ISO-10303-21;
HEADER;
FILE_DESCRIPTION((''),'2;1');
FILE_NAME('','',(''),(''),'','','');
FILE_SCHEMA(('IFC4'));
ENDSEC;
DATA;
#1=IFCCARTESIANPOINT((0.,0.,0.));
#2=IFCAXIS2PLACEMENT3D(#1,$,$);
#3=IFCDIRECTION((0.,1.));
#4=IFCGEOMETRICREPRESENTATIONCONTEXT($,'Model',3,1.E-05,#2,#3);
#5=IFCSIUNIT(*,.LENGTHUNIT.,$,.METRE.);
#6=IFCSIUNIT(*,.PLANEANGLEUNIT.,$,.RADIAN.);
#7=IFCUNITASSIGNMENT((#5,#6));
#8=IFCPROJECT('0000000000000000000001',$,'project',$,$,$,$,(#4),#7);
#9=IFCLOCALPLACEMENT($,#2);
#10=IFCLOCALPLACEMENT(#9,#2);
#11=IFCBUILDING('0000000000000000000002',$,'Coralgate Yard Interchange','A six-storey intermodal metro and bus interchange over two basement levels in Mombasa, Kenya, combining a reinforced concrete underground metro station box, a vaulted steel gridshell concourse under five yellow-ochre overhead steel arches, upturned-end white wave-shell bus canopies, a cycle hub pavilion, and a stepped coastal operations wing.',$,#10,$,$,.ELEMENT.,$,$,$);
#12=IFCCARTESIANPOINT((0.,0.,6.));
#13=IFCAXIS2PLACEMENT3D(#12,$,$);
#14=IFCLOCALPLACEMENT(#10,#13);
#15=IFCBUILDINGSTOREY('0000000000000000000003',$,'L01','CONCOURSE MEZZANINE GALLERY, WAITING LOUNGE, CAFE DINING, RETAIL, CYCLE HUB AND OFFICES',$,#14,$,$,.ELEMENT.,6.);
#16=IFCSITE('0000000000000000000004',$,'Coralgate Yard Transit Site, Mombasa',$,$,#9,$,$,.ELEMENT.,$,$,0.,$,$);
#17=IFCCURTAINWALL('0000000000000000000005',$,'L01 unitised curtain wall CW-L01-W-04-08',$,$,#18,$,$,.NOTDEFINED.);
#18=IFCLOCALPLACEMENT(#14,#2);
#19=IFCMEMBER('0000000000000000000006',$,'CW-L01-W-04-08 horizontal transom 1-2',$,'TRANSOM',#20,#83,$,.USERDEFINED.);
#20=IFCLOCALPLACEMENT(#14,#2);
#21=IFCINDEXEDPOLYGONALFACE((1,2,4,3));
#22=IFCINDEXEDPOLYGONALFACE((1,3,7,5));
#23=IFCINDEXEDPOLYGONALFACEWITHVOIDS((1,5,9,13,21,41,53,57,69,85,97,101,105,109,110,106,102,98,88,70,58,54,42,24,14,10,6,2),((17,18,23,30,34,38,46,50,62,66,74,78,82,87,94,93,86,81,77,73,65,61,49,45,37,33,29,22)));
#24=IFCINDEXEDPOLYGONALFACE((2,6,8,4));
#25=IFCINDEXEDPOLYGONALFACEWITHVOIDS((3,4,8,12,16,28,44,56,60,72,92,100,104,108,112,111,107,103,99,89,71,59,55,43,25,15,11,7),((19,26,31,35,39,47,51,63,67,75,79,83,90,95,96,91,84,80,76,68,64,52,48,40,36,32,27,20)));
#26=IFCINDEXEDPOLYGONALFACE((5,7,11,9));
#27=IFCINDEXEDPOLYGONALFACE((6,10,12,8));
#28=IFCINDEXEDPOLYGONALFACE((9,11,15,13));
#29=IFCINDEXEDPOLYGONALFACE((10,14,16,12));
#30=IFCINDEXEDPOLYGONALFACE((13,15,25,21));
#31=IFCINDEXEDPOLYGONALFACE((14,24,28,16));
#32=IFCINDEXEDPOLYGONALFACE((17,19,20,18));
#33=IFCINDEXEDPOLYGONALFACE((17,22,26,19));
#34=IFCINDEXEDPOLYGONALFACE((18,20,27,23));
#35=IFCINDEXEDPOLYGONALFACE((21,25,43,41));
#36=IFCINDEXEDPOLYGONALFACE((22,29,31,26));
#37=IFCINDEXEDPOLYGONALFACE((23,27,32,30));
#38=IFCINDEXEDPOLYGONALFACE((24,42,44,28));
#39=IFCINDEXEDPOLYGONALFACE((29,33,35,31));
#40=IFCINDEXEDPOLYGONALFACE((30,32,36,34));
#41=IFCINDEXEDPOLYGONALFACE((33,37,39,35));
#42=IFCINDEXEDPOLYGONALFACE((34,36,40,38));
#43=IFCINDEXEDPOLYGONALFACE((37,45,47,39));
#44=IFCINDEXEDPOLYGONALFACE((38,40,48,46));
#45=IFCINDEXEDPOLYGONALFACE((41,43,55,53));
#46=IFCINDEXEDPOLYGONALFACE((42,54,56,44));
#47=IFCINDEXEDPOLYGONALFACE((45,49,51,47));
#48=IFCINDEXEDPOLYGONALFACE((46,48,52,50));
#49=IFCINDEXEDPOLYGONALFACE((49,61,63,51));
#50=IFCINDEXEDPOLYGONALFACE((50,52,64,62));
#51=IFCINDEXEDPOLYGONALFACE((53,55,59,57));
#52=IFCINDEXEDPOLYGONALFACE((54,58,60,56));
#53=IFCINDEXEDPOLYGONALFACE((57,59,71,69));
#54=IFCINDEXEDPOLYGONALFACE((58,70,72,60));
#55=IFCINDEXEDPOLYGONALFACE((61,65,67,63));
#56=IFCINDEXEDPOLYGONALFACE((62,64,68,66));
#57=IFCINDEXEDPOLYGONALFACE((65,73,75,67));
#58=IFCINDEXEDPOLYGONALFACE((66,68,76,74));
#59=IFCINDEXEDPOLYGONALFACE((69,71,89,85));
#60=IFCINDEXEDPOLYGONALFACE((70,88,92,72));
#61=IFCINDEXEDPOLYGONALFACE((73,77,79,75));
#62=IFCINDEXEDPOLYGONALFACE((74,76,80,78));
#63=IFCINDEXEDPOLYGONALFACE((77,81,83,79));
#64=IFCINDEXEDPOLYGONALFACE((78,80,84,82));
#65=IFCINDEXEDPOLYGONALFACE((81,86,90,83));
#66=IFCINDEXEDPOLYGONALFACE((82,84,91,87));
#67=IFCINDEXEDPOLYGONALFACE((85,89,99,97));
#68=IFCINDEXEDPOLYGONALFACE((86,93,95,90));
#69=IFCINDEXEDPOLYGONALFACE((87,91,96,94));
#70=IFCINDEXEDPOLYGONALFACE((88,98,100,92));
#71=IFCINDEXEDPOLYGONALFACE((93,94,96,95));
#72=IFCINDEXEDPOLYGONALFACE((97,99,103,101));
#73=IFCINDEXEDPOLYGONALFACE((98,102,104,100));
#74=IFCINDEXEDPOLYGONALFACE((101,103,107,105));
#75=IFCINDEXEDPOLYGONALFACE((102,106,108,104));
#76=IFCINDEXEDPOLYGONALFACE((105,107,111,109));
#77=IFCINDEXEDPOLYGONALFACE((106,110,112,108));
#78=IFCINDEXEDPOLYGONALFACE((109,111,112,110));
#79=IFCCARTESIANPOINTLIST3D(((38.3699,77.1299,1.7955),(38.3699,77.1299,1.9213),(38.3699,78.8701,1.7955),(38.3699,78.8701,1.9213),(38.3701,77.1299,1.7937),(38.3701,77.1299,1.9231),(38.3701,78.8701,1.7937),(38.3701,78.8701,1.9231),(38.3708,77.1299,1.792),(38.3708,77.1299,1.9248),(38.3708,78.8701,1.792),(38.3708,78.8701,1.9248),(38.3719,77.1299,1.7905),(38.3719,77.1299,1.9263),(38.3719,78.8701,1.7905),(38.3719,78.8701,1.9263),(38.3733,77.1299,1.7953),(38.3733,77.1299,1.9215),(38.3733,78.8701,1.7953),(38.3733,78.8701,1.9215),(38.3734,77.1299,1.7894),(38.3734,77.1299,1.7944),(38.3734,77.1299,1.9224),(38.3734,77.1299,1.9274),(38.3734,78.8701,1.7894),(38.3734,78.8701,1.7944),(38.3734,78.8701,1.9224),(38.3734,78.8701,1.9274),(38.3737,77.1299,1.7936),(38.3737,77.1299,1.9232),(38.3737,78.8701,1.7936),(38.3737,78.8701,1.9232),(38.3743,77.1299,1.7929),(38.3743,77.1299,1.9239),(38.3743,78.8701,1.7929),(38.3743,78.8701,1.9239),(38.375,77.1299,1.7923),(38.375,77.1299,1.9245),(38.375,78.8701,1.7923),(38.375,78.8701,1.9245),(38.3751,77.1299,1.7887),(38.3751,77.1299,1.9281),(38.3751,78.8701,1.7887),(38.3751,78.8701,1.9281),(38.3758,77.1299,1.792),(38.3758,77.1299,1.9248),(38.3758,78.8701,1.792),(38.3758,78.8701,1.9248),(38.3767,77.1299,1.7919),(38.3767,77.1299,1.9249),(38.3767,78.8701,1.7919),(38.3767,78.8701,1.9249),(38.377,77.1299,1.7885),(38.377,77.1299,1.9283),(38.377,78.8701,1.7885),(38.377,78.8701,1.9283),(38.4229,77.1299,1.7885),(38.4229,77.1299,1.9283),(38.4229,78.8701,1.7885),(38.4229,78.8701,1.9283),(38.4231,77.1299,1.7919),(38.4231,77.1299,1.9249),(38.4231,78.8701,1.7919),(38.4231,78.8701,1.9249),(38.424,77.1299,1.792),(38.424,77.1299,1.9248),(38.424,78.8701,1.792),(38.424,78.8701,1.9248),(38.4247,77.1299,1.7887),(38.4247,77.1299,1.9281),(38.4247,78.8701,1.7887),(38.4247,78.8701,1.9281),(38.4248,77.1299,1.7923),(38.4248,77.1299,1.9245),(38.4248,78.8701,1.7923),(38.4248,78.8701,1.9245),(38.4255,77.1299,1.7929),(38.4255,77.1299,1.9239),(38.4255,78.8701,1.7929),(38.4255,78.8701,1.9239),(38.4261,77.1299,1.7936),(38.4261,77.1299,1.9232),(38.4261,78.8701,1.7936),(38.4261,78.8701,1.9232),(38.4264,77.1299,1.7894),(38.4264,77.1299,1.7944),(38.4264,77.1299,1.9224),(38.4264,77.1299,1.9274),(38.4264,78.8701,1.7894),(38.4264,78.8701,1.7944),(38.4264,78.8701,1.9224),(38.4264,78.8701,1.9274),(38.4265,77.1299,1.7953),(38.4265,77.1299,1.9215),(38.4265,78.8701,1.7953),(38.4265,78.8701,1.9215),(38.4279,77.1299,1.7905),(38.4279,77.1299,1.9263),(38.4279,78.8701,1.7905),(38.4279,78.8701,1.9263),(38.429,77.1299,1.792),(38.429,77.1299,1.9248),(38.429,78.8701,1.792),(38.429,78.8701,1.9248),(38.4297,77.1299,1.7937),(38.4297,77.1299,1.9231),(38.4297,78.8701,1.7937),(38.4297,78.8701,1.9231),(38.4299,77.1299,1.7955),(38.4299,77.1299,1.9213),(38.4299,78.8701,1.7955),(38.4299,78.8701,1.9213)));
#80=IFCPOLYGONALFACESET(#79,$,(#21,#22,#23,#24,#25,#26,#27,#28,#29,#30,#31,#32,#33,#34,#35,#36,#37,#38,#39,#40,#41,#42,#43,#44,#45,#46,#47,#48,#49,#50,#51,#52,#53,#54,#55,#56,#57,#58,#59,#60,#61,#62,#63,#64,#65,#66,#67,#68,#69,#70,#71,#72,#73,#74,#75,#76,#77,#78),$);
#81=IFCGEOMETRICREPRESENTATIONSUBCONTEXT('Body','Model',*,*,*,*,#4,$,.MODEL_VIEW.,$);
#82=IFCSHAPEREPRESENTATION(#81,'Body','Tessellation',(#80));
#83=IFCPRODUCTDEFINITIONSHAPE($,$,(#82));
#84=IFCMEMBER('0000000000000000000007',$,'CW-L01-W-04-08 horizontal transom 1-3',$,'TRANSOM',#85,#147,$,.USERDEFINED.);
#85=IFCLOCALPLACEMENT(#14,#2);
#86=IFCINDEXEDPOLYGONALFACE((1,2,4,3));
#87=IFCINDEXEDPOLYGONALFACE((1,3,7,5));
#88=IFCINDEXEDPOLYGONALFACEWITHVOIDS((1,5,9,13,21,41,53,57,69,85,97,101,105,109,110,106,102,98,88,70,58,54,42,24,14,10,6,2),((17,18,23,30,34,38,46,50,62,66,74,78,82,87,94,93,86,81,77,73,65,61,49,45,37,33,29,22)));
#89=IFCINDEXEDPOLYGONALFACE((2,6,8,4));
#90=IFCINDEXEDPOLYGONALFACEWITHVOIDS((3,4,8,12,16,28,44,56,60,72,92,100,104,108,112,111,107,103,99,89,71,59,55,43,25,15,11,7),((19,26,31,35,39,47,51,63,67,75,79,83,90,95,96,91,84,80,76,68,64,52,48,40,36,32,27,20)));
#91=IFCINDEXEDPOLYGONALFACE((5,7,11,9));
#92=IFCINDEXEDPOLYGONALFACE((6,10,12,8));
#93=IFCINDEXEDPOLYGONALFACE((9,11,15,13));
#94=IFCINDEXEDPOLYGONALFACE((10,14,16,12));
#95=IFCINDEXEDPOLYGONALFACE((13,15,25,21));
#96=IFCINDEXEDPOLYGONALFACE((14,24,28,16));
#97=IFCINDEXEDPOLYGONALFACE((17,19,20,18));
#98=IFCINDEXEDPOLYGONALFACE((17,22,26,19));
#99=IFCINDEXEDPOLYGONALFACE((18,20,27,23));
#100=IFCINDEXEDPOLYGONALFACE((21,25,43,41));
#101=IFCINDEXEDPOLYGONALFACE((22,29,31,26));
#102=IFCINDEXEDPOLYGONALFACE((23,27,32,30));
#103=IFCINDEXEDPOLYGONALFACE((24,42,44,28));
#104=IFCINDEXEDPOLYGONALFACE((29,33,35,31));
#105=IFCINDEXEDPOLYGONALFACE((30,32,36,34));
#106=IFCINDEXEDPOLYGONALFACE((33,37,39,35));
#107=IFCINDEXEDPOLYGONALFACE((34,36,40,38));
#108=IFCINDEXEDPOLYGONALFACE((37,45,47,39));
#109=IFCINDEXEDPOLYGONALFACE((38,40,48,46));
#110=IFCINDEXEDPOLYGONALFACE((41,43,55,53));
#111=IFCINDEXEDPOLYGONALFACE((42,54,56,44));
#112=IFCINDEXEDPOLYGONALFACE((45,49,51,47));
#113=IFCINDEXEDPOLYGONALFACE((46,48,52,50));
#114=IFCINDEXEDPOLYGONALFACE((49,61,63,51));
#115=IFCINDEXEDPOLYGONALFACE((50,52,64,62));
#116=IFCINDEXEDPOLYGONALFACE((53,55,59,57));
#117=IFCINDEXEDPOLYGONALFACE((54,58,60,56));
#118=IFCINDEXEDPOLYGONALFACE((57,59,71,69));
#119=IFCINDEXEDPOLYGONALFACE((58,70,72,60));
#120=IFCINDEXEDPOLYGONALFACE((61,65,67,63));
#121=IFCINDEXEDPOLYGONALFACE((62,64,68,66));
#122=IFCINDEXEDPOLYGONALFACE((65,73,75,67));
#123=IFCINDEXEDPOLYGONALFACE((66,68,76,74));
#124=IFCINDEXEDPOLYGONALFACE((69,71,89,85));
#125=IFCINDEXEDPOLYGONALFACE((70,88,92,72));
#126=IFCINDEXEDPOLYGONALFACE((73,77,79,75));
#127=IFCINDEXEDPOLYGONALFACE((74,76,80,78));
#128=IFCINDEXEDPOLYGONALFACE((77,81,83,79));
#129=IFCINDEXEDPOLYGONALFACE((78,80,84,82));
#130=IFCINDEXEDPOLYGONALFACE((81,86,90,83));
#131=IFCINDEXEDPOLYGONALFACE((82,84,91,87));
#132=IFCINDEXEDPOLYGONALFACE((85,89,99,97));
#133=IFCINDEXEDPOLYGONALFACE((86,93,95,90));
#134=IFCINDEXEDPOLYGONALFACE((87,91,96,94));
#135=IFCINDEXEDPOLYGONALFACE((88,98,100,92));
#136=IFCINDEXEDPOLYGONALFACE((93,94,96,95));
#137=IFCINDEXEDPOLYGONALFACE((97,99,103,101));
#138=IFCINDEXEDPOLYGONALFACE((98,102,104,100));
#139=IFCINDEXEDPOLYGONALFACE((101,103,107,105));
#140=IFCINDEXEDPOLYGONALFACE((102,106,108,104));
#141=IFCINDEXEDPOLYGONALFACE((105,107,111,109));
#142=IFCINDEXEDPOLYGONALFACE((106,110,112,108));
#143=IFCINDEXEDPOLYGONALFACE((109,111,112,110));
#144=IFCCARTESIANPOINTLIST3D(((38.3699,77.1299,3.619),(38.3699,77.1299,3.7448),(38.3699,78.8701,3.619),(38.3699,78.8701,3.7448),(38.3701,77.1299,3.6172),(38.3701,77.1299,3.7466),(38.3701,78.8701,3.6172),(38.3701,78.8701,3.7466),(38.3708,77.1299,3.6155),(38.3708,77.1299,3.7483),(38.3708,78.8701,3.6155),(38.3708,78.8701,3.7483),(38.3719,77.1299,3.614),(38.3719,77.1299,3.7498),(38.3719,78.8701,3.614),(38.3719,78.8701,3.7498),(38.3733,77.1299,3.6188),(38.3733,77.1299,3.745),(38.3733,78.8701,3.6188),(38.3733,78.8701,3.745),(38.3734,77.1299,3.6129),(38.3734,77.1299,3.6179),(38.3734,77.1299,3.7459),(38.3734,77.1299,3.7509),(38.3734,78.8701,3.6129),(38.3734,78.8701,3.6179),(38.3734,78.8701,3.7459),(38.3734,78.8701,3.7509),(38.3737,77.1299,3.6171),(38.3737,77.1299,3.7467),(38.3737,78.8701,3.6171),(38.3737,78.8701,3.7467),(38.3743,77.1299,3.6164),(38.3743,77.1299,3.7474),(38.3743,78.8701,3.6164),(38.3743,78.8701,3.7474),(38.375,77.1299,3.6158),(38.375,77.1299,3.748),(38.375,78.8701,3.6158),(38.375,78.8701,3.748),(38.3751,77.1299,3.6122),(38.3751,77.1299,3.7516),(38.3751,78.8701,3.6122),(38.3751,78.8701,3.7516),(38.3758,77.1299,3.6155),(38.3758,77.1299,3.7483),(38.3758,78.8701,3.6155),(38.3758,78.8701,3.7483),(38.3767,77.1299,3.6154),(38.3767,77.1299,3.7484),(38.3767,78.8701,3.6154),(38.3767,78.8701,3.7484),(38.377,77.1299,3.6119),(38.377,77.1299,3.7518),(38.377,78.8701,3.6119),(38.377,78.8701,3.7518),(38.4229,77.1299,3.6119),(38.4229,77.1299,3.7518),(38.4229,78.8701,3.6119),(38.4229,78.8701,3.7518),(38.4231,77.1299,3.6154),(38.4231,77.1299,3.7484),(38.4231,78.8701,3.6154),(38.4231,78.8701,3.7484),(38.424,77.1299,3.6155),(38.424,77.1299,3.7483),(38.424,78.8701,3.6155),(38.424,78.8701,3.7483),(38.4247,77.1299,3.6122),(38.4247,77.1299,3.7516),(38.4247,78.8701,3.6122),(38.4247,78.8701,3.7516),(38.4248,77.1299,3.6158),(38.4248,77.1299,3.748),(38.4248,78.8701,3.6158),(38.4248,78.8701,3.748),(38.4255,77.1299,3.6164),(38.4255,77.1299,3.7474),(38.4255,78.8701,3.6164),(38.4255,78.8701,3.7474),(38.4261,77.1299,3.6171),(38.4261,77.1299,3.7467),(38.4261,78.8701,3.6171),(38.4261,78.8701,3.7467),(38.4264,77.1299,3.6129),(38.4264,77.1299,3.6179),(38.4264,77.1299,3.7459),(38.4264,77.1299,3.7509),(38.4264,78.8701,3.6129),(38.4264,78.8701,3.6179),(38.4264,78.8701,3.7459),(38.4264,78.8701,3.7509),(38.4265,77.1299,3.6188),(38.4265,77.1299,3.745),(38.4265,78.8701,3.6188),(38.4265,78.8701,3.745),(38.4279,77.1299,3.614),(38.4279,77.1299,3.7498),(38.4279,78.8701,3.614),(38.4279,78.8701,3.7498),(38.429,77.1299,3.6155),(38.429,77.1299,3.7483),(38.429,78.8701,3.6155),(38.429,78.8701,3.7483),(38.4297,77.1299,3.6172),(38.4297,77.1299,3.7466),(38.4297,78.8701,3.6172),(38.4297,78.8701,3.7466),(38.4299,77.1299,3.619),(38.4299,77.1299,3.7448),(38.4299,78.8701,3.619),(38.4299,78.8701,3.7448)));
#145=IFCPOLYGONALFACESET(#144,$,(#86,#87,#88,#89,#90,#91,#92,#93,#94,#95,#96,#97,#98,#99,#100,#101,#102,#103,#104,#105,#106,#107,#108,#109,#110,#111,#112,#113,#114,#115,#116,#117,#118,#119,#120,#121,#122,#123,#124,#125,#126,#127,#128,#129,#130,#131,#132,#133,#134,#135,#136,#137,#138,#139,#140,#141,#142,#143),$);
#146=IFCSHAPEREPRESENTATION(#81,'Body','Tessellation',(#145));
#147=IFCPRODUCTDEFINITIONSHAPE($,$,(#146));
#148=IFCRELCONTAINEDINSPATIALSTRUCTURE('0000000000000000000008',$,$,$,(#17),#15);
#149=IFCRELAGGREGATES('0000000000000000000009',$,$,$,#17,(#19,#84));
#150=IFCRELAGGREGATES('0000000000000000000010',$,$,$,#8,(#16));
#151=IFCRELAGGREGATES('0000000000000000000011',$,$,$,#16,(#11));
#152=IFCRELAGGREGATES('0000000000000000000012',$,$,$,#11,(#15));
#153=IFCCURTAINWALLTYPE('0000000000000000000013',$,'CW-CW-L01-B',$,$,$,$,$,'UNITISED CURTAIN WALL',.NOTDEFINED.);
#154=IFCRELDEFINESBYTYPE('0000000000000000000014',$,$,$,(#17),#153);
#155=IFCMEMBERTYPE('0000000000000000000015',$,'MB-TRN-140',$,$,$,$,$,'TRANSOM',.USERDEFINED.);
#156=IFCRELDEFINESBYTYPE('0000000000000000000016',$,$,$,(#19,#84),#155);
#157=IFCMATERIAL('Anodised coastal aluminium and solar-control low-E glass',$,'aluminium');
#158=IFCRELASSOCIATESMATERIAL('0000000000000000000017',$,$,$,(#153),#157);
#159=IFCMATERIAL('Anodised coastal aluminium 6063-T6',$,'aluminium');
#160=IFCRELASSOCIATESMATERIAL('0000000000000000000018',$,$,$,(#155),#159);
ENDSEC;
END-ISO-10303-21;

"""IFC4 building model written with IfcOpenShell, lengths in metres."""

from ifc_helpers import new_model, si_unit, direction, frame, origin, origin_2d, place, context, subcontext, project, spatial, hollow_rectangle, extrude, material, material_profile, profile_set, type_object, element, aggregate, save


model = new_model("IFC4")

# Units and contexts
model_context = context("Model", 3, precision=1e-05, world=origin(), true_north=direction((0.0, 1.0)))
body_context = subcontext(model_context, "Body", "Model", "MODEL_VIEW")
ifc_project = project(units=[si_unit("LENGTHUNIT", "METRE"), si_unit("PLANEANGLEUNIT", "RADIAN")], contexts=[model_context])

# Site, building, storey
site_placement = place(None, origin())
site = spatial("IfcSite", under=ifc_project, at=site_placement, Name="Coralgate Yard Transit Site, Mombasa", CompositionType="ELEMENT", RefElevation=0.0)
building_placement = place(site_placement, origin())
building = spatial("IfcBuilding", under=site, at=building_placement, Name="Coralgate Yard Interchange", Description="A six-storey intermodal metro and bus interchange over two basement levels in Mombasa, Kenya, combining a reinforced concrete underground metro station box, a vaulted steel gridshell concourse under five yellow-ochre overhead steel arches, upturned-end white wave-shell bus canopies, a cycle hub pavilion, and a stepped coastal operations wing.", CompositionType="ELEMENT")
storey_placement = place(building_placement, frame((0.0, 0.0, 6.0)))
storey = spatial("IfcBuildingStorey", under=building, at=storey_placement, Name="L01", Description="CONCOURSE MEZZANINE GALLERY, WAITING LOUNGE, CAFE DINING, RETAIL, CYCLE HUB AND OFFICES", CompositionType="ELEMENT", Elevation=6.0)

# Curtain wall
ifc_material_1 = material(Name="Anodised coastal aluminium and solar-control low-E glass", Category="aluminium")
ifc_material_2 = material(Name="Anodised coastal aluminium 6063-T6", Category="aluminium")
curtain_wall_type_1 = type_object("IfcCurtainWallType", Name="CW-CW-L01-B", ElementType="UNITISED CURTAIN WALL", PredefinedType="NOTDEFINED", material=ifc_material_1)
curtain_wall_1_placement = place(storey_placement, origin())
curtain_wall_1 = element("IfcCurtainWall", 1, at=curtain_wall_1_placement, inside=storey, type_object=curtain_wall_type_1, Name="L01 unitised curtain wall CW-L01-W-04-08", PredefinedType="NOTDEFINED")

# Members
ifc_material_profile_1 = material_profile(ifc_material_2, hollow_rectangle(XDim=0.0601, YDim=0.1399, WallThickness=0.0034, InnerFilletRadius=0.0034, OuterFilletRadius=0.0071, at=origin_2d()), Name="ALU 60x140x3.5")
ifc_profile_set_1 = profile_set([ifc_material_profile_1], Name="Anodised coastal aluminium 6063-T6")
member_type_1 = type_object("IfcMemberType", Name="MB-TRN-140", ElementType="TRANSOM", PredefinedType="USERDEFINED", material=ifc_profile_set_1)
member_1_placement = place(storey_placement, frame((38.3999, 77.1299, 1.8584), z_axis=(0.0, 1.0, 0.0), x_axis=(-1.0, 0.0, 0.0)))
member_1 = element("IfcMember", 2, at=member_1_placement, type_object=member_type_1, Name="CW-L01-W-04-08 horizontal transom 1-2", ObjectType="TRANSOM", PredefinedType="USERDEFINED", context=body_context, shape_type="SweptSolid", body=[
    extrude(hollow_rectangle(XDim=0.0601, YDim=0.1399, WallThickness=0.0034, InnerFilletRadius=0.0034, OuterFilletRadius=0.0071, at=origin_2d()), origin(), (0.0, 0.0, 1.0), 1.7402),
])
member_2_placement = place(storey_placement, frame((38.3999, 77.1299, 3.6819), z_axis=(0.0, 1.0, 0.0), x_axis=(-1.0, 0.0, 0.0)))
member_2 = element("IfcMember", 3, at=member_2_placement, type_object=member_type_1, Name="CW-L01-W-04-08 horizontal transom 1-3", ObjectType="TRANSOM", PredefinedType="USERDEFINED", context=body_context, shape_type="SweptSolid", body=[
    extrude(hollow_rectangle(XDim=0.0601, YDim=0.1399, WallThickness=0.0034, InnerFilletRadius=0.0034, OuterFilletRadius=0.0071, at=origin_2d()), origin(), (0.0, 0.0, 1.0), 1.7402),
])

aggregate(curtain_wall_1, [member_1, member_2])

save(model, "model.ifc")
